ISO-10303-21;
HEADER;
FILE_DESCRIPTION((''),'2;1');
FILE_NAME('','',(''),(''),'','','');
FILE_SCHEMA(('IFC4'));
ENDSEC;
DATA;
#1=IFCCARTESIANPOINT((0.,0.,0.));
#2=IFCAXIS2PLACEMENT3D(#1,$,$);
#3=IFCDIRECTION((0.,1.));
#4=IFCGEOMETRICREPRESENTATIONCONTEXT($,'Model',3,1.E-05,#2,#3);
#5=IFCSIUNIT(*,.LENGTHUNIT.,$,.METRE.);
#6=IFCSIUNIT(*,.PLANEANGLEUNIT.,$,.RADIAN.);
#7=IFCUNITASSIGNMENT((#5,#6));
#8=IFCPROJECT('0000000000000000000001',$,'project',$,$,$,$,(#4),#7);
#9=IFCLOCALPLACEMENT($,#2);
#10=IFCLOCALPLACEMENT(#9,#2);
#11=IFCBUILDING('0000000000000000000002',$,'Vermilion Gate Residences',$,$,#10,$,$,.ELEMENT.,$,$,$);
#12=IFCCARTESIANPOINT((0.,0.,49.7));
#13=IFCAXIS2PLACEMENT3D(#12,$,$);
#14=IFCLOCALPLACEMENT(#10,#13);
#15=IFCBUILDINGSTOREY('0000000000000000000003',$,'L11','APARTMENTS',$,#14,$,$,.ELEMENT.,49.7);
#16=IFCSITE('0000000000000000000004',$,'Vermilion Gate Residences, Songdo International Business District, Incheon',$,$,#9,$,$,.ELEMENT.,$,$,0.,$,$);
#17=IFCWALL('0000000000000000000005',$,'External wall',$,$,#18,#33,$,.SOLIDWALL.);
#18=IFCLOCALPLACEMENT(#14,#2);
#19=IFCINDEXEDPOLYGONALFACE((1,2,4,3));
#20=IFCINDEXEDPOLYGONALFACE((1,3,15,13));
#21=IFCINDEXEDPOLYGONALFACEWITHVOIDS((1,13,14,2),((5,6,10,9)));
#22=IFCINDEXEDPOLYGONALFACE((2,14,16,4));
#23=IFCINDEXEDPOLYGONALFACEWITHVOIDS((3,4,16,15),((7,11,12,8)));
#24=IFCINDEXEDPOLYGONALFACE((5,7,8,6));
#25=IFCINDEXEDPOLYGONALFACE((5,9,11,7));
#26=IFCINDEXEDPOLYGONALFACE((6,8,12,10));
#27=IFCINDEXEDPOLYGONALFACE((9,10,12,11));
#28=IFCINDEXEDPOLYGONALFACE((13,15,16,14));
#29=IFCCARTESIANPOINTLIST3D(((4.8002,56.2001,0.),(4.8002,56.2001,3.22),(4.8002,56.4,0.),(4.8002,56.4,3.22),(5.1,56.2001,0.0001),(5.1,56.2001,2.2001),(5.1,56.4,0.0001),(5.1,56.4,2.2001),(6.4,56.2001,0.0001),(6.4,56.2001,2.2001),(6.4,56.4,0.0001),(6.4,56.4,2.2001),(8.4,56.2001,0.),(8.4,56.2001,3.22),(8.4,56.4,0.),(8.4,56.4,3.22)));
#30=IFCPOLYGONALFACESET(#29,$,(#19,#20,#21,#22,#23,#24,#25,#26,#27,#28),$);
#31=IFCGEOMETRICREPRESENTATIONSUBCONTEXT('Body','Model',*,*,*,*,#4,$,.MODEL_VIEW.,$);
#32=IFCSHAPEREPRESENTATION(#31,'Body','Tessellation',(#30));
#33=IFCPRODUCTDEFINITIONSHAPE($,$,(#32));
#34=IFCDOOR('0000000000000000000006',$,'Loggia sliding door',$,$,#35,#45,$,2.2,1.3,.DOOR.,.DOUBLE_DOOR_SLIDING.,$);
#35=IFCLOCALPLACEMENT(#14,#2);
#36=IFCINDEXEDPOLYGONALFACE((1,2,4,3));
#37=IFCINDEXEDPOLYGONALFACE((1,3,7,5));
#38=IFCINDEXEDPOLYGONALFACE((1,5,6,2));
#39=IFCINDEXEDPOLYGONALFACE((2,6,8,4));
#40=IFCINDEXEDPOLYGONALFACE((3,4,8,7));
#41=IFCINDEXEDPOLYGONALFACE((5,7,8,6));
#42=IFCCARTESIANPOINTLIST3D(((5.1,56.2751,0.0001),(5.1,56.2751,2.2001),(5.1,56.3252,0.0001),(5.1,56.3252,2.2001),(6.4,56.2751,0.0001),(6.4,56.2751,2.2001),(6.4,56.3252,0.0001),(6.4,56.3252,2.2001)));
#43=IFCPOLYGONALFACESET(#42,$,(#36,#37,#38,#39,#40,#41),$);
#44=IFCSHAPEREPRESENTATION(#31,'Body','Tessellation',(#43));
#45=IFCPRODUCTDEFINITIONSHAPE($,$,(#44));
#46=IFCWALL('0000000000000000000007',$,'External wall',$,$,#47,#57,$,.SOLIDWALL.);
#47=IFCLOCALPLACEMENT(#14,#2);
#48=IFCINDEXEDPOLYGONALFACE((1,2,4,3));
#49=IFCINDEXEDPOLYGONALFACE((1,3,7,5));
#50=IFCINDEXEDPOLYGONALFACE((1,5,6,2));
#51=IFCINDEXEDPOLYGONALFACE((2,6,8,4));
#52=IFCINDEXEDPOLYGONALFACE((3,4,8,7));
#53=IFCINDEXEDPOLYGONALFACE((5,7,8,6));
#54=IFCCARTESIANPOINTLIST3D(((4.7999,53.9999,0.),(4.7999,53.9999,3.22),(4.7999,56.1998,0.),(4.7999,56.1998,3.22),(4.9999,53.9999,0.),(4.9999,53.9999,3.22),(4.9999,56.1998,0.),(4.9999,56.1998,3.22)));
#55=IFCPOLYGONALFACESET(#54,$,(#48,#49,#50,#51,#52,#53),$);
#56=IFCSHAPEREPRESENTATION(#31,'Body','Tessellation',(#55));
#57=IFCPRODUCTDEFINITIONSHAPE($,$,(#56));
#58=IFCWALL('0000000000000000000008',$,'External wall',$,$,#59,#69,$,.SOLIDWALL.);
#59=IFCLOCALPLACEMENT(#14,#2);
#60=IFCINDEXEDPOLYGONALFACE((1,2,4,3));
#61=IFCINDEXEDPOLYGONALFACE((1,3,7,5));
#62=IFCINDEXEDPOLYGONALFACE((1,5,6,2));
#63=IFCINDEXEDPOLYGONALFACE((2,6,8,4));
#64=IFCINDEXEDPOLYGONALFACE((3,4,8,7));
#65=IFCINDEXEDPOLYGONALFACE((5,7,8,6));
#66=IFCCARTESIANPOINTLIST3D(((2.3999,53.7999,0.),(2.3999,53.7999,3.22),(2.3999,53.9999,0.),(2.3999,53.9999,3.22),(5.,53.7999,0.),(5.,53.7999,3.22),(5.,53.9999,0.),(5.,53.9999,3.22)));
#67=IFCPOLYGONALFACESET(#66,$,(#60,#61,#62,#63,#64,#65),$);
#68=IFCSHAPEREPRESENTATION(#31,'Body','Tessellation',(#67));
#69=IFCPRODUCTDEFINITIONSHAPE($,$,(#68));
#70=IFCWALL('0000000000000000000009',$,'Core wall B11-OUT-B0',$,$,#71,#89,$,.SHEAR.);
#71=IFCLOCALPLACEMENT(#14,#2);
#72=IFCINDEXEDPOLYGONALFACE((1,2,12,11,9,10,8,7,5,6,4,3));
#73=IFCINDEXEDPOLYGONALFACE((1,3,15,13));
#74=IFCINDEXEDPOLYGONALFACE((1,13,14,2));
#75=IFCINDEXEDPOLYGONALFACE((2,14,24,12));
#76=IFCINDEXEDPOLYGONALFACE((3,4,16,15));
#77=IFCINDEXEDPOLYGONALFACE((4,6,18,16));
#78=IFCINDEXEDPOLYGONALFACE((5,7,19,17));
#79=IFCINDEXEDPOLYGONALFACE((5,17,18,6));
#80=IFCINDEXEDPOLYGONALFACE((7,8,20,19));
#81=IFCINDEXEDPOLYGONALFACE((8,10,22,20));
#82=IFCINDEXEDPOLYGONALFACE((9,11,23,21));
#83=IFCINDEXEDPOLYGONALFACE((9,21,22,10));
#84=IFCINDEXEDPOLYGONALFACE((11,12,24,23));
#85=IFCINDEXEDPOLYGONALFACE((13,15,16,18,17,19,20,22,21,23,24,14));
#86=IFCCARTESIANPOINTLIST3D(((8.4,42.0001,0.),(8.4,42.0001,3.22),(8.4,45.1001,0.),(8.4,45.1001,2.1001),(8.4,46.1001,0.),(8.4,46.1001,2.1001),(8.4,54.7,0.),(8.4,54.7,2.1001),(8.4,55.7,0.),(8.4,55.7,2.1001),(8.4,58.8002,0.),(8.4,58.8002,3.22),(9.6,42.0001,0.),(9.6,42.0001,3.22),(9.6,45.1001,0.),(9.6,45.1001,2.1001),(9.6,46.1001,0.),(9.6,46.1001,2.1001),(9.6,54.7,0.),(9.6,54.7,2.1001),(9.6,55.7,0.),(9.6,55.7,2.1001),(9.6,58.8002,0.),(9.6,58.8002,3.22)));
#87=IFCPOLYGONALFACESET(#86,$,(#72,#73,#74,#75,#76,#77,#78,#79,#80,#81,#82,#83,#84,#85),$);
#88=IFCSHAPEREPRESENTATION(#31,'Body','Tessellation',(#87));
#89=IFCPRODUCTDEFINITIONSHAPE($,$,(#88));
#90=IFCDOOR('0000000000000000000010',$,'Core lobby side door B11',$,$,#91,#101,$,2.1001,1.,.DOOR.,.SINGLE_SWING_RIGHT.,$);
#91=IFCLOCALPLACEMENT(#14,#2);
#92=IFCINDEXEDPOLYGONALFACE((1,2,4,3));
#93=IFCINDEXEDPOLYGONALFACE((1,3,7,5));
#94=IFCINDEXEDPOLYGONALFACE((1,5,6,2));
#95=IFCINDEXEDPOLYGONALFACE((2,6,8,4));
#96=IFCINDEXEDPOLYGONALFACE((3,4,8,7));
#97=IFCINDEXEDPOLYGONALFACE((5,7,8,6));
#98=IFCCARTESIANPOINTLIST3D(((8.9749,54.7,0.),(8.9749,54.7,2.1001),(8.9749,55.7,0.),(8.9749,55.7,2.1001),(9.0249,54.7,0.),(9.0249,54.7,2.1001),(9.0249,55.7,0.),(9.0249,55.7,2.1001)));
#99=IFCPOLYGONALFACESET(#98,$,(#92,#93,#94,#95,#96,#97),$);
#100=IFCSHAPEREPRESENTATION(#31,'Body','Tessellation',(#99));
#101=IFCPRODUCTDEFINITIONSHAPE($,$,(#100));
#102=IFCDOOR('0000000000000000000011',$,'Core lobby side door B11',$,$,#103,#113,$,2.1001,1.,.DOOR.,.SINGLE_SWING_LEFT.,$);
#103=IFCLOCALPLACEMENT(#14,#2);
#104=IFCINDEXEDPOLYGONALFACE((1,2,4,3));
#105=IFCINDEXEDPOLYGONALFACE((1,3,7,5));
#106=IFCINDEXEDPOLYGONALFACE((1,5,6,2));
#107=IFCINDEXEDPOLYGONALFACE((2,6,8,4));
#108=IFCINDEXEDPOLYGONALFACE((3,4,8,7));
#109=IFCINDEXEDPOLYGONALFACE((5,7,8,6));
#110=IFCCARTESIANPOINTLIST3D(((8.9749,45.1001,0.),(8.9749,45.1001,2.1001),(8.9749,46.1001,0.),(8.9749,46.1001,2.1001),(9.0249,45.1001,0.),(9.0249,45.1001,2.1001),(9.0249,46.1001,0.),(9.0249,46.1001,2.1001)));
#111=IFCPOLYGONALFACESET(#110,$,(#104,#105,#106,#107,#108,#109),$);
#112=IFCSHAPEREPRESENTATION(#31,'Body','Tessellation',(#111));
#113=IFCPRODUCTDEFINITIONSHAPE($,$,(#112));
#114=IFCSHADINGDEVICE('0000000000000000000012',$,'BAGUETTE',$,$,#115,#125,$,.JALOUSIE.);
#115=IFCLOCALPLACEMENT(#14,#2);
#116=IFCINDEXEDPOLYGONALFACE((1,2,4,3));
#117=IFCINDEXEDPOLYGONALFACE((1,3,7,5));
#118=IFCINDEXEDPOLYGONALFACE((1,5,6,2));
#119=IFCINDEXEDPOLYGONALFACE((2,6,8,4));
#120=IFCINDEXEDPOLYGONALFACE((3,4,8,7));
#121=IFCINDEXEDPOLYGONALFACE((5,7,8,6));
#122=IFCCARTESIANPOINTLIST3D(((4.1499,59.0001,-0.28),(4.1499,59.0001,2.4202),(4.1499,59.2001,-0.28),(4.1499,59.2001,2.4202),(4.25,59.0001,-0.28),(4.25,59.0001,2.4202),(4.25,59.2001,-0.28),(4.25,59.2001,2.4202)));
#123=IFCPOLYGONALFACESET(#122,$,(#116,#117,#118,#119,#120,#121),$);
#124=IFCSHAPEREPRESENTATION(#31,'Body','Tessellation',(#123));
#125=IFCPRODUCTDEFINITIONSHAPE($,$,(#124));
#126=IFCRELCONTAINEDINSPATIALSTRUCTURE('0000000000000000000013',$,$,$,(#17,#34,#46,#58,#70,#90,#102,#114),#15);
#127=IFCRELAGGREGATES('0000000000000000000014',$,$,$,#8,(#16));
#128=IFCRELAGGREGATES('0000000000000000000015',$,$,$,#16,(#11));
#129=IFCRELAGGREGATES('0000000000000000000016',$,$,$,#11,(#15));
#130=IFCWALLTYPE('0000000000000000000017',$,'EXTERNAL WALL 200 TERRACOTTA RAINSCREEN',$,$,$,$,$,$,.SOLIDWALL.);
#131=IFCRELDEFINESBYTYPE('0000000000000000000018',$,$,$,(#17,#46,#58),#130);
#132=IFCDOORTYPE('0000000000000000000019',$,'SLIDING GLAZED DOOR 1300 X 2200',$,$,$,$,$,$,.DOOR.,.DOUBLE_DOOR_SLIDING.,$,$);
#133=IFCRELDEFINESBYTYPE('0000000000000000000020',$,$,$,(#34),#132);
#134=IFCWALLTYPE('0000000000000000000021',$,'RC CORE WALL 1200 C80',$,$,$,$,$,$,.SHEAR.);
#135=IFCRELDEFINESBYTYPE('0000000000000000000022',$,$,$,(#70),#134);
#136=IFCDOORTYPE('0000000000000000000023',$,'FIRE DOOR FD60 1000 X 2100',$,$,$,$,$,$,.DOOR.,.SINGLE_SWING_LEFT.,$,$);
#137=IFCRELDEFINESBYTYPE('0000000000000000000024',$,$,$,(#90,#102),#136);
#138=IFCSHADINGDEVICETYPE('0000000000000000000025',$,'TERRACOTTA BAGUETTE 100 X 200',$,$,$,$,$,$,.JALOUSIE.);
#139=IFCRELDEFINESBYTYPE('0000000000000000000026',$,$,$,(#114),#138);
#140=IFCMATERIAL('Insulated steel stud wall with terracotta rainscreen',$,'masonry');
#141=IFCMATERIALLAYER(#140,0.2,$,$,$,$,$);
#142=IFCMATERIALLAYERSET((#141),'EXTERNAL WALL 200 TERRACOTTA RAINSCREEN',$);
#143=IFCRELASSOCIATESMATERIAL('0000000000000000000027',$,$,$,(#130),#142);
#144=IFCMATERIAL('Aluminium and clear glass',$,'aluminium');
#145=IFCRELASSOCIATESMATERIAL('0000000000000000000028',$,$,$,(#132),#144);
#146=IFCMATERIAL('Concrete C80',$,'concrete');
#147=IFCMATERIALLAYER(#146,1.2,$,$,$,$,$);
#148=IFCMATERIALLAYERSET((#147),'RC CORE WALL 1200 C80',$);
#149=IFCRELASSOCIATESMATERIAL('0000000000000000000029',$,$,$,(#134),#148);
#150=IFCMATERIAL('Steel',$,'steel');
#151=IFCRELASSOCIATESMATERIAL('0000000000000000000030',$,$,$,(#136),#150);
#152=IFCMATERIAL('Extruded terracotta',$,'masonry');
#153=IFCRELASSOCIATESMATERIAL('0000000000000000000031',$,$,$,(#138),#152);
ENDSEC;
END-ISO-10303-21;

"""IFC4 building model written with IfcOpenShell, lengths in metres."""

from ifc_helpers import new_model, si_unit, direction, frame, frame_2d, origin, origin_2d, place, context, subcontext, project, spatial, rectangle, extrude, material, layer, layer_set, material_profile, profile_set, type_object, element, fill, save


model = new_model("IFC4")

# Units and contexts
model_context = context("Model", 3, precision=1e-05, world=origin(), true_north=direction((0.0, 1.0)))
body_context = subcontext(model_context, "Body", "Model", "MODEL_VIEW")
ifc_project = project(units=[si_unit("LENGTHUNIT", "METRE"), si_unit("PLANEANGLEUNIT", "RADIAN")], contexts=[model_context])

# Site, building, storey
site_placement = place(None, origin())
site = spatial("IfcSite", under=ifc_project, at=site_placement, Name="Vermilion Gate Residences, Songdo International Business District, Incheon", CompositionType="ELEMENT", RefElevation=0.0)
building_placement = place(site_placement, origin())
building = spatial("IfcBuilding", under=site, at=building_placement, Name="Vermilion Gate Residences", CompositionType="ELEMENT")
storey_placement = place(building_placement, frame((0.0, 0.0, 49.7)))
storey = spatial("IfcBuildingStorey", under=building, at=storey_placement, Name="L11", Description="APARTMENTS", CompositionType="ELEMENT", Elevation=49.7)

# Wall, opening, door
ifc_material_1 = material(Name="Insulated steel stud wall with terracotta rainscreen", Category="masonry")
ifc_layer_1 = layer(ifc_material_1, 0.2)
ifc_layer_set_1 = layer_set([ifc_layer_1], Name="EXTERNAL WALL 200 TERRACOTTA RAINSCREEN")
wall_type_1 = type_object("IfcWallType", Name="EXTERNAL WALL 200 TERRACOTTA RAINSCREEN", PredefinedType="SOLIDWALL", material=ifc_layer_set_1)
wall_1_placement = place(storey_placement, frame((8.3999, 56.3, 0.0), z_axis=(0.0, 0.0, 1.0), x_axis=(-1.0, 0.0, 0.0)))
wall_1 = element("IfcWall", 1, at=wall_1_placement, inside=storey, type_object=wall_type_1, Name="External wall", PredefinedType="SOLIDWALL", context=body_context, shape_type="SweptSolid", body=[
    extrude(rectangle(XDim=3.5999, YDim=0.2, at=frame_2d((1.7998, 0.0))), origin(), (0.0, 0.0, 1.0), 3.22),
])
opening_1_placement = place(wall_1_placement, frame((2.0, 0.0, 0.0)))
opening_1 = element("IfcOpeningElement", 2, at=opening_1_placement, cuts=wall_1, PredefinedType="OPENING", context=body_context, shape_type="SweptSolid", body=[
    extrude(rectangle(XDim=1.3, YDim=2.2, at=frame_2d((0.6499, 1.1001))), frame((0.0, 0.1099, 0.0), z_axis=(0.0, -1.0, 0.0), x_axis=(1.0, 0.0, 0.0)), (0.0, 0.0, 1.0), 0.22),
])
ifc_material_2 = material(Name="Aluminium and clear glass", Category="aluminium")
door_type_1 = type_object("IfcDoorType", Name="SLIDING GLAZED DOOR 1300 X 2200", OperationType="DOUBLE_DOOR_SLIDING", PredefinedType="DOOR", material=ifc_material_2)
door_1_placement = place(opening_1_placement, origin())
door_1 = element("IfcDoor", 3, at=door_1_placement, inside=storey, type_object=door_type_1, Name="Loggia sliding door", OperationType="DOUBLE_DOOR_SLIDING", OverallHeight=2.2, OverallWidth=1.3, PredefinedType="DOOR", context=body_context, shape_type="SweptSolid", body=[
    extrude(rectangle(XDim=1.3, YDim=2.2, at=frame_2d((0.6499, 1.1001))), frame((0.0, 0.0249, 0.0), z_axis=(0.0, -1.0, 0.0), x_axis=(1.0, 0.0, 0.0)), (0.0, 0.0, 1.0), 0.05),
])
fill(opening_1, door_1)

# Walls
wall_2_placement = place(storey_placement, frame((4.8999, 56.2, 0.0), z_axis=(0.0, 0.0, 1.0), x_axis=(0.0, -1.0, 0.0)))
element("IfcWall", 4, at=wall_2_placement, inside=storey, type_object=wall_type_1, Name="External wall", PredefinedType="SOLIDWALL", context=body_context, shape_type="SweptSolid", body=[
    extrude(rectangle(XDim=2.2, YDim=0.2, at=frame_2d((1.1001, 0.0))), origin(), (0.0, 0.0, 1.0), 3.22),
])
wall_3_placement = place(storey_placement, frame((5.0, 53.8999, 0.0), z_axis=(0.0, 0.0, 1.0), x_axis=(-1.0, 0.0, 0.0)))
element("IfcWall", 5, at=wall_3_placement, inside=storey, type_object=wall_type_1, Name="External wall", PredefinedType="SOLIDWALL", context=body_context, shape_type="SweptSolid", body=[
    extrude(rectangle(XDim=2.6001, YDim=0.2, at=frame_2d((1.3, 0.0))), origin(), (0.0, 0.0, 1.0), 3.22),
])

# Wall, openings, doors
ifc_material_3 = material(Name="Concrete C80", Category="concrete")
ifc_layer_2 = layer(ifc_material_3, 1.2)
ifc_layer_set_2 = layer_set([ifc_layer_2], Name="RC CORE WALL 1200 C80")
wall_type_2 = type_object("IfcWallType", Name="RC CORE WALL 1200 C80", PredefinedType="SHEAR", material=ifc_layer_set_2)
wall_4_placement = place(storey_placement, frame((9.0, 58.8, 0.0), z_axis=(0.0, 0.0, 1.0), x_axis=(0.0, -1.0, 0.0)))
wall_4 = element("IfcWall", 6, at=wall_4_placement, inside=storey, type_object=wall_type_2, Name="Core wall B11-OUT-B0", PredefinedType="SHEAR", context=body_context, shape_type="SweptSolid", body=[
    extrude(rectangle(XDim=16.8, YDim=1.2, at=frame_2d((8.3999, 0.0))), origin(), (0.0, 0.0, 1.0), 3.22),
])
opening_2_placement = place(wall_4_placement, frame((3.1001, 0.0, 0.0)))
opening_2 = element("IfcOpeningElement", 7, at=opening_2_placement, cuts=wall_4, PredefinedType="OPENING", context=body_context, shape_type="SweptSolid", body=[
    extrude(rectangle(XDim=1.0, YDim=2.1001, at=frame_2d((0.5, 1.05))), frame((0.0, 0.6099, 0.0), z_axis=(0.0, -1.0, 0.0), x_axis=(1.0, 0.0, 0.0)), (0.0, 0.0, 1.0), 1.22),
])
opening_3_placement = place(wall_4_placement, frame((12.7, 0.0, 0.0)))
opening_3 = element("IfcOpeningElement", 8, at=opening_3_placement, cuts=wall_4, PredefinedType="OPENING", context=body_context, shape_type="SweptSolid", body=[
    extrude(rectangle(XDim=1.0, YDim=2.1001, at=frame_2d((0.5, 1.05))), frame((0.0, 0.6099, 0.0), z_axis=(0.0, -1.0, 0.0), x_axis=(1.0, 0.0, 0.0)), (0.0, 0.0, 1.0), 1.22),
])
ifc_material_4 = material(Name="Steel", Category="steel")
door_type_2 = type_object("IfcDoorType", Name="FIRE DOOR FD60 1000 X 2100", OperationType="SINGLE_SWING_LEFT", PredefinedType="DOOR", material=ifc_material_4)
door_2_placement = place(opening_2_placement, origin())
door_2 = element("IfcDoor", 9, at=door_2_placement, inside=storey, type_object=door_type_2, Name="Core lobby side door B11", OperationType="SINGLE_SWING_RIGHT", OverallHeight=2.1001, OverallWidth=1.0, PredefinedType="DOOR", context=body_context, shape_type="SweptSolid", body=[
    extrude(rectangle(XDim=1.0, YDim=2.1001, at=frame_2d((0.5, 1.05))), frame((0.0, 0.0249, 0.0), z_axis=(0.0, -1.0, 0.0), x_axis=(1.0, 0.0, 0.0)), (0.0, 0.0, 1.0), 0.05),
])
fill(opening_2, door_2)
door_3_placement = place(opening_3_placement, origin())
door_3 = element("IfcDoor", 10, at=door_3_placement, inside=storey, type_object=door_type_2, Name="Core lobby side door B11", OperationType="SINGLE_SWING_LEFT", OverallHeight=2.1001, OverallWidth=1.0, PredefinedType="DOOR", context=body_context, shape_type="SweptSolid", body=[
    extrude(rectangle(XDim=1.0, YDim=2.1001, at=frame_2d((0.5, 1.05))), frame((0.0, 0.0249, 0.0), z_axis=(0.0, -1.0, 0.0), x_axis=(1.0, 0.0, 0.0)), (0.0, 0.0, 1.0), 0.05),
])
fill(opening_3, door_3)

# Shading device
ifc_material_5 = material(Name="Extruded terracotta", Category="masonry")
ifc_material_profile = material_profile(ifc_material_5, rectangle(XDim=0.2, YDim=0.1001, at=origin_2d()), Name="BAGUETTE 100 X 200")
ifc_profile_set = profile_set([ifc_material_profile], Name="Extruded terracotta")
shading_device_type = type_object("IfcShadingDeviceType", Name="TERRACOTTA BAGUETTE 100 X 200", PredefinedType="JALOUSIE", material=ifc_profile_set)
shading_device_placement = place(storey_placement, frame((4.2, 59.1001, -0.28), z_axis=(0.0, 0.0, 1.0), x_axis=(0.0, -1.0, 0.0)))
element("IfcShadingDevice", 11, at=shading_device_placement, inside=storey, type_object=shading_device_type, Name="BAGUETTE", PredefinedType="JALOUSIE", context=body_context, shape_type="SweptSolid", body=[
    extrude(rectangle(XDim=0.2, YDim=0.1001, at=origin_2d()), origin(), (0.0, 0.0, 1.0), 2.7002),
])

save(model, "model.ifc")
